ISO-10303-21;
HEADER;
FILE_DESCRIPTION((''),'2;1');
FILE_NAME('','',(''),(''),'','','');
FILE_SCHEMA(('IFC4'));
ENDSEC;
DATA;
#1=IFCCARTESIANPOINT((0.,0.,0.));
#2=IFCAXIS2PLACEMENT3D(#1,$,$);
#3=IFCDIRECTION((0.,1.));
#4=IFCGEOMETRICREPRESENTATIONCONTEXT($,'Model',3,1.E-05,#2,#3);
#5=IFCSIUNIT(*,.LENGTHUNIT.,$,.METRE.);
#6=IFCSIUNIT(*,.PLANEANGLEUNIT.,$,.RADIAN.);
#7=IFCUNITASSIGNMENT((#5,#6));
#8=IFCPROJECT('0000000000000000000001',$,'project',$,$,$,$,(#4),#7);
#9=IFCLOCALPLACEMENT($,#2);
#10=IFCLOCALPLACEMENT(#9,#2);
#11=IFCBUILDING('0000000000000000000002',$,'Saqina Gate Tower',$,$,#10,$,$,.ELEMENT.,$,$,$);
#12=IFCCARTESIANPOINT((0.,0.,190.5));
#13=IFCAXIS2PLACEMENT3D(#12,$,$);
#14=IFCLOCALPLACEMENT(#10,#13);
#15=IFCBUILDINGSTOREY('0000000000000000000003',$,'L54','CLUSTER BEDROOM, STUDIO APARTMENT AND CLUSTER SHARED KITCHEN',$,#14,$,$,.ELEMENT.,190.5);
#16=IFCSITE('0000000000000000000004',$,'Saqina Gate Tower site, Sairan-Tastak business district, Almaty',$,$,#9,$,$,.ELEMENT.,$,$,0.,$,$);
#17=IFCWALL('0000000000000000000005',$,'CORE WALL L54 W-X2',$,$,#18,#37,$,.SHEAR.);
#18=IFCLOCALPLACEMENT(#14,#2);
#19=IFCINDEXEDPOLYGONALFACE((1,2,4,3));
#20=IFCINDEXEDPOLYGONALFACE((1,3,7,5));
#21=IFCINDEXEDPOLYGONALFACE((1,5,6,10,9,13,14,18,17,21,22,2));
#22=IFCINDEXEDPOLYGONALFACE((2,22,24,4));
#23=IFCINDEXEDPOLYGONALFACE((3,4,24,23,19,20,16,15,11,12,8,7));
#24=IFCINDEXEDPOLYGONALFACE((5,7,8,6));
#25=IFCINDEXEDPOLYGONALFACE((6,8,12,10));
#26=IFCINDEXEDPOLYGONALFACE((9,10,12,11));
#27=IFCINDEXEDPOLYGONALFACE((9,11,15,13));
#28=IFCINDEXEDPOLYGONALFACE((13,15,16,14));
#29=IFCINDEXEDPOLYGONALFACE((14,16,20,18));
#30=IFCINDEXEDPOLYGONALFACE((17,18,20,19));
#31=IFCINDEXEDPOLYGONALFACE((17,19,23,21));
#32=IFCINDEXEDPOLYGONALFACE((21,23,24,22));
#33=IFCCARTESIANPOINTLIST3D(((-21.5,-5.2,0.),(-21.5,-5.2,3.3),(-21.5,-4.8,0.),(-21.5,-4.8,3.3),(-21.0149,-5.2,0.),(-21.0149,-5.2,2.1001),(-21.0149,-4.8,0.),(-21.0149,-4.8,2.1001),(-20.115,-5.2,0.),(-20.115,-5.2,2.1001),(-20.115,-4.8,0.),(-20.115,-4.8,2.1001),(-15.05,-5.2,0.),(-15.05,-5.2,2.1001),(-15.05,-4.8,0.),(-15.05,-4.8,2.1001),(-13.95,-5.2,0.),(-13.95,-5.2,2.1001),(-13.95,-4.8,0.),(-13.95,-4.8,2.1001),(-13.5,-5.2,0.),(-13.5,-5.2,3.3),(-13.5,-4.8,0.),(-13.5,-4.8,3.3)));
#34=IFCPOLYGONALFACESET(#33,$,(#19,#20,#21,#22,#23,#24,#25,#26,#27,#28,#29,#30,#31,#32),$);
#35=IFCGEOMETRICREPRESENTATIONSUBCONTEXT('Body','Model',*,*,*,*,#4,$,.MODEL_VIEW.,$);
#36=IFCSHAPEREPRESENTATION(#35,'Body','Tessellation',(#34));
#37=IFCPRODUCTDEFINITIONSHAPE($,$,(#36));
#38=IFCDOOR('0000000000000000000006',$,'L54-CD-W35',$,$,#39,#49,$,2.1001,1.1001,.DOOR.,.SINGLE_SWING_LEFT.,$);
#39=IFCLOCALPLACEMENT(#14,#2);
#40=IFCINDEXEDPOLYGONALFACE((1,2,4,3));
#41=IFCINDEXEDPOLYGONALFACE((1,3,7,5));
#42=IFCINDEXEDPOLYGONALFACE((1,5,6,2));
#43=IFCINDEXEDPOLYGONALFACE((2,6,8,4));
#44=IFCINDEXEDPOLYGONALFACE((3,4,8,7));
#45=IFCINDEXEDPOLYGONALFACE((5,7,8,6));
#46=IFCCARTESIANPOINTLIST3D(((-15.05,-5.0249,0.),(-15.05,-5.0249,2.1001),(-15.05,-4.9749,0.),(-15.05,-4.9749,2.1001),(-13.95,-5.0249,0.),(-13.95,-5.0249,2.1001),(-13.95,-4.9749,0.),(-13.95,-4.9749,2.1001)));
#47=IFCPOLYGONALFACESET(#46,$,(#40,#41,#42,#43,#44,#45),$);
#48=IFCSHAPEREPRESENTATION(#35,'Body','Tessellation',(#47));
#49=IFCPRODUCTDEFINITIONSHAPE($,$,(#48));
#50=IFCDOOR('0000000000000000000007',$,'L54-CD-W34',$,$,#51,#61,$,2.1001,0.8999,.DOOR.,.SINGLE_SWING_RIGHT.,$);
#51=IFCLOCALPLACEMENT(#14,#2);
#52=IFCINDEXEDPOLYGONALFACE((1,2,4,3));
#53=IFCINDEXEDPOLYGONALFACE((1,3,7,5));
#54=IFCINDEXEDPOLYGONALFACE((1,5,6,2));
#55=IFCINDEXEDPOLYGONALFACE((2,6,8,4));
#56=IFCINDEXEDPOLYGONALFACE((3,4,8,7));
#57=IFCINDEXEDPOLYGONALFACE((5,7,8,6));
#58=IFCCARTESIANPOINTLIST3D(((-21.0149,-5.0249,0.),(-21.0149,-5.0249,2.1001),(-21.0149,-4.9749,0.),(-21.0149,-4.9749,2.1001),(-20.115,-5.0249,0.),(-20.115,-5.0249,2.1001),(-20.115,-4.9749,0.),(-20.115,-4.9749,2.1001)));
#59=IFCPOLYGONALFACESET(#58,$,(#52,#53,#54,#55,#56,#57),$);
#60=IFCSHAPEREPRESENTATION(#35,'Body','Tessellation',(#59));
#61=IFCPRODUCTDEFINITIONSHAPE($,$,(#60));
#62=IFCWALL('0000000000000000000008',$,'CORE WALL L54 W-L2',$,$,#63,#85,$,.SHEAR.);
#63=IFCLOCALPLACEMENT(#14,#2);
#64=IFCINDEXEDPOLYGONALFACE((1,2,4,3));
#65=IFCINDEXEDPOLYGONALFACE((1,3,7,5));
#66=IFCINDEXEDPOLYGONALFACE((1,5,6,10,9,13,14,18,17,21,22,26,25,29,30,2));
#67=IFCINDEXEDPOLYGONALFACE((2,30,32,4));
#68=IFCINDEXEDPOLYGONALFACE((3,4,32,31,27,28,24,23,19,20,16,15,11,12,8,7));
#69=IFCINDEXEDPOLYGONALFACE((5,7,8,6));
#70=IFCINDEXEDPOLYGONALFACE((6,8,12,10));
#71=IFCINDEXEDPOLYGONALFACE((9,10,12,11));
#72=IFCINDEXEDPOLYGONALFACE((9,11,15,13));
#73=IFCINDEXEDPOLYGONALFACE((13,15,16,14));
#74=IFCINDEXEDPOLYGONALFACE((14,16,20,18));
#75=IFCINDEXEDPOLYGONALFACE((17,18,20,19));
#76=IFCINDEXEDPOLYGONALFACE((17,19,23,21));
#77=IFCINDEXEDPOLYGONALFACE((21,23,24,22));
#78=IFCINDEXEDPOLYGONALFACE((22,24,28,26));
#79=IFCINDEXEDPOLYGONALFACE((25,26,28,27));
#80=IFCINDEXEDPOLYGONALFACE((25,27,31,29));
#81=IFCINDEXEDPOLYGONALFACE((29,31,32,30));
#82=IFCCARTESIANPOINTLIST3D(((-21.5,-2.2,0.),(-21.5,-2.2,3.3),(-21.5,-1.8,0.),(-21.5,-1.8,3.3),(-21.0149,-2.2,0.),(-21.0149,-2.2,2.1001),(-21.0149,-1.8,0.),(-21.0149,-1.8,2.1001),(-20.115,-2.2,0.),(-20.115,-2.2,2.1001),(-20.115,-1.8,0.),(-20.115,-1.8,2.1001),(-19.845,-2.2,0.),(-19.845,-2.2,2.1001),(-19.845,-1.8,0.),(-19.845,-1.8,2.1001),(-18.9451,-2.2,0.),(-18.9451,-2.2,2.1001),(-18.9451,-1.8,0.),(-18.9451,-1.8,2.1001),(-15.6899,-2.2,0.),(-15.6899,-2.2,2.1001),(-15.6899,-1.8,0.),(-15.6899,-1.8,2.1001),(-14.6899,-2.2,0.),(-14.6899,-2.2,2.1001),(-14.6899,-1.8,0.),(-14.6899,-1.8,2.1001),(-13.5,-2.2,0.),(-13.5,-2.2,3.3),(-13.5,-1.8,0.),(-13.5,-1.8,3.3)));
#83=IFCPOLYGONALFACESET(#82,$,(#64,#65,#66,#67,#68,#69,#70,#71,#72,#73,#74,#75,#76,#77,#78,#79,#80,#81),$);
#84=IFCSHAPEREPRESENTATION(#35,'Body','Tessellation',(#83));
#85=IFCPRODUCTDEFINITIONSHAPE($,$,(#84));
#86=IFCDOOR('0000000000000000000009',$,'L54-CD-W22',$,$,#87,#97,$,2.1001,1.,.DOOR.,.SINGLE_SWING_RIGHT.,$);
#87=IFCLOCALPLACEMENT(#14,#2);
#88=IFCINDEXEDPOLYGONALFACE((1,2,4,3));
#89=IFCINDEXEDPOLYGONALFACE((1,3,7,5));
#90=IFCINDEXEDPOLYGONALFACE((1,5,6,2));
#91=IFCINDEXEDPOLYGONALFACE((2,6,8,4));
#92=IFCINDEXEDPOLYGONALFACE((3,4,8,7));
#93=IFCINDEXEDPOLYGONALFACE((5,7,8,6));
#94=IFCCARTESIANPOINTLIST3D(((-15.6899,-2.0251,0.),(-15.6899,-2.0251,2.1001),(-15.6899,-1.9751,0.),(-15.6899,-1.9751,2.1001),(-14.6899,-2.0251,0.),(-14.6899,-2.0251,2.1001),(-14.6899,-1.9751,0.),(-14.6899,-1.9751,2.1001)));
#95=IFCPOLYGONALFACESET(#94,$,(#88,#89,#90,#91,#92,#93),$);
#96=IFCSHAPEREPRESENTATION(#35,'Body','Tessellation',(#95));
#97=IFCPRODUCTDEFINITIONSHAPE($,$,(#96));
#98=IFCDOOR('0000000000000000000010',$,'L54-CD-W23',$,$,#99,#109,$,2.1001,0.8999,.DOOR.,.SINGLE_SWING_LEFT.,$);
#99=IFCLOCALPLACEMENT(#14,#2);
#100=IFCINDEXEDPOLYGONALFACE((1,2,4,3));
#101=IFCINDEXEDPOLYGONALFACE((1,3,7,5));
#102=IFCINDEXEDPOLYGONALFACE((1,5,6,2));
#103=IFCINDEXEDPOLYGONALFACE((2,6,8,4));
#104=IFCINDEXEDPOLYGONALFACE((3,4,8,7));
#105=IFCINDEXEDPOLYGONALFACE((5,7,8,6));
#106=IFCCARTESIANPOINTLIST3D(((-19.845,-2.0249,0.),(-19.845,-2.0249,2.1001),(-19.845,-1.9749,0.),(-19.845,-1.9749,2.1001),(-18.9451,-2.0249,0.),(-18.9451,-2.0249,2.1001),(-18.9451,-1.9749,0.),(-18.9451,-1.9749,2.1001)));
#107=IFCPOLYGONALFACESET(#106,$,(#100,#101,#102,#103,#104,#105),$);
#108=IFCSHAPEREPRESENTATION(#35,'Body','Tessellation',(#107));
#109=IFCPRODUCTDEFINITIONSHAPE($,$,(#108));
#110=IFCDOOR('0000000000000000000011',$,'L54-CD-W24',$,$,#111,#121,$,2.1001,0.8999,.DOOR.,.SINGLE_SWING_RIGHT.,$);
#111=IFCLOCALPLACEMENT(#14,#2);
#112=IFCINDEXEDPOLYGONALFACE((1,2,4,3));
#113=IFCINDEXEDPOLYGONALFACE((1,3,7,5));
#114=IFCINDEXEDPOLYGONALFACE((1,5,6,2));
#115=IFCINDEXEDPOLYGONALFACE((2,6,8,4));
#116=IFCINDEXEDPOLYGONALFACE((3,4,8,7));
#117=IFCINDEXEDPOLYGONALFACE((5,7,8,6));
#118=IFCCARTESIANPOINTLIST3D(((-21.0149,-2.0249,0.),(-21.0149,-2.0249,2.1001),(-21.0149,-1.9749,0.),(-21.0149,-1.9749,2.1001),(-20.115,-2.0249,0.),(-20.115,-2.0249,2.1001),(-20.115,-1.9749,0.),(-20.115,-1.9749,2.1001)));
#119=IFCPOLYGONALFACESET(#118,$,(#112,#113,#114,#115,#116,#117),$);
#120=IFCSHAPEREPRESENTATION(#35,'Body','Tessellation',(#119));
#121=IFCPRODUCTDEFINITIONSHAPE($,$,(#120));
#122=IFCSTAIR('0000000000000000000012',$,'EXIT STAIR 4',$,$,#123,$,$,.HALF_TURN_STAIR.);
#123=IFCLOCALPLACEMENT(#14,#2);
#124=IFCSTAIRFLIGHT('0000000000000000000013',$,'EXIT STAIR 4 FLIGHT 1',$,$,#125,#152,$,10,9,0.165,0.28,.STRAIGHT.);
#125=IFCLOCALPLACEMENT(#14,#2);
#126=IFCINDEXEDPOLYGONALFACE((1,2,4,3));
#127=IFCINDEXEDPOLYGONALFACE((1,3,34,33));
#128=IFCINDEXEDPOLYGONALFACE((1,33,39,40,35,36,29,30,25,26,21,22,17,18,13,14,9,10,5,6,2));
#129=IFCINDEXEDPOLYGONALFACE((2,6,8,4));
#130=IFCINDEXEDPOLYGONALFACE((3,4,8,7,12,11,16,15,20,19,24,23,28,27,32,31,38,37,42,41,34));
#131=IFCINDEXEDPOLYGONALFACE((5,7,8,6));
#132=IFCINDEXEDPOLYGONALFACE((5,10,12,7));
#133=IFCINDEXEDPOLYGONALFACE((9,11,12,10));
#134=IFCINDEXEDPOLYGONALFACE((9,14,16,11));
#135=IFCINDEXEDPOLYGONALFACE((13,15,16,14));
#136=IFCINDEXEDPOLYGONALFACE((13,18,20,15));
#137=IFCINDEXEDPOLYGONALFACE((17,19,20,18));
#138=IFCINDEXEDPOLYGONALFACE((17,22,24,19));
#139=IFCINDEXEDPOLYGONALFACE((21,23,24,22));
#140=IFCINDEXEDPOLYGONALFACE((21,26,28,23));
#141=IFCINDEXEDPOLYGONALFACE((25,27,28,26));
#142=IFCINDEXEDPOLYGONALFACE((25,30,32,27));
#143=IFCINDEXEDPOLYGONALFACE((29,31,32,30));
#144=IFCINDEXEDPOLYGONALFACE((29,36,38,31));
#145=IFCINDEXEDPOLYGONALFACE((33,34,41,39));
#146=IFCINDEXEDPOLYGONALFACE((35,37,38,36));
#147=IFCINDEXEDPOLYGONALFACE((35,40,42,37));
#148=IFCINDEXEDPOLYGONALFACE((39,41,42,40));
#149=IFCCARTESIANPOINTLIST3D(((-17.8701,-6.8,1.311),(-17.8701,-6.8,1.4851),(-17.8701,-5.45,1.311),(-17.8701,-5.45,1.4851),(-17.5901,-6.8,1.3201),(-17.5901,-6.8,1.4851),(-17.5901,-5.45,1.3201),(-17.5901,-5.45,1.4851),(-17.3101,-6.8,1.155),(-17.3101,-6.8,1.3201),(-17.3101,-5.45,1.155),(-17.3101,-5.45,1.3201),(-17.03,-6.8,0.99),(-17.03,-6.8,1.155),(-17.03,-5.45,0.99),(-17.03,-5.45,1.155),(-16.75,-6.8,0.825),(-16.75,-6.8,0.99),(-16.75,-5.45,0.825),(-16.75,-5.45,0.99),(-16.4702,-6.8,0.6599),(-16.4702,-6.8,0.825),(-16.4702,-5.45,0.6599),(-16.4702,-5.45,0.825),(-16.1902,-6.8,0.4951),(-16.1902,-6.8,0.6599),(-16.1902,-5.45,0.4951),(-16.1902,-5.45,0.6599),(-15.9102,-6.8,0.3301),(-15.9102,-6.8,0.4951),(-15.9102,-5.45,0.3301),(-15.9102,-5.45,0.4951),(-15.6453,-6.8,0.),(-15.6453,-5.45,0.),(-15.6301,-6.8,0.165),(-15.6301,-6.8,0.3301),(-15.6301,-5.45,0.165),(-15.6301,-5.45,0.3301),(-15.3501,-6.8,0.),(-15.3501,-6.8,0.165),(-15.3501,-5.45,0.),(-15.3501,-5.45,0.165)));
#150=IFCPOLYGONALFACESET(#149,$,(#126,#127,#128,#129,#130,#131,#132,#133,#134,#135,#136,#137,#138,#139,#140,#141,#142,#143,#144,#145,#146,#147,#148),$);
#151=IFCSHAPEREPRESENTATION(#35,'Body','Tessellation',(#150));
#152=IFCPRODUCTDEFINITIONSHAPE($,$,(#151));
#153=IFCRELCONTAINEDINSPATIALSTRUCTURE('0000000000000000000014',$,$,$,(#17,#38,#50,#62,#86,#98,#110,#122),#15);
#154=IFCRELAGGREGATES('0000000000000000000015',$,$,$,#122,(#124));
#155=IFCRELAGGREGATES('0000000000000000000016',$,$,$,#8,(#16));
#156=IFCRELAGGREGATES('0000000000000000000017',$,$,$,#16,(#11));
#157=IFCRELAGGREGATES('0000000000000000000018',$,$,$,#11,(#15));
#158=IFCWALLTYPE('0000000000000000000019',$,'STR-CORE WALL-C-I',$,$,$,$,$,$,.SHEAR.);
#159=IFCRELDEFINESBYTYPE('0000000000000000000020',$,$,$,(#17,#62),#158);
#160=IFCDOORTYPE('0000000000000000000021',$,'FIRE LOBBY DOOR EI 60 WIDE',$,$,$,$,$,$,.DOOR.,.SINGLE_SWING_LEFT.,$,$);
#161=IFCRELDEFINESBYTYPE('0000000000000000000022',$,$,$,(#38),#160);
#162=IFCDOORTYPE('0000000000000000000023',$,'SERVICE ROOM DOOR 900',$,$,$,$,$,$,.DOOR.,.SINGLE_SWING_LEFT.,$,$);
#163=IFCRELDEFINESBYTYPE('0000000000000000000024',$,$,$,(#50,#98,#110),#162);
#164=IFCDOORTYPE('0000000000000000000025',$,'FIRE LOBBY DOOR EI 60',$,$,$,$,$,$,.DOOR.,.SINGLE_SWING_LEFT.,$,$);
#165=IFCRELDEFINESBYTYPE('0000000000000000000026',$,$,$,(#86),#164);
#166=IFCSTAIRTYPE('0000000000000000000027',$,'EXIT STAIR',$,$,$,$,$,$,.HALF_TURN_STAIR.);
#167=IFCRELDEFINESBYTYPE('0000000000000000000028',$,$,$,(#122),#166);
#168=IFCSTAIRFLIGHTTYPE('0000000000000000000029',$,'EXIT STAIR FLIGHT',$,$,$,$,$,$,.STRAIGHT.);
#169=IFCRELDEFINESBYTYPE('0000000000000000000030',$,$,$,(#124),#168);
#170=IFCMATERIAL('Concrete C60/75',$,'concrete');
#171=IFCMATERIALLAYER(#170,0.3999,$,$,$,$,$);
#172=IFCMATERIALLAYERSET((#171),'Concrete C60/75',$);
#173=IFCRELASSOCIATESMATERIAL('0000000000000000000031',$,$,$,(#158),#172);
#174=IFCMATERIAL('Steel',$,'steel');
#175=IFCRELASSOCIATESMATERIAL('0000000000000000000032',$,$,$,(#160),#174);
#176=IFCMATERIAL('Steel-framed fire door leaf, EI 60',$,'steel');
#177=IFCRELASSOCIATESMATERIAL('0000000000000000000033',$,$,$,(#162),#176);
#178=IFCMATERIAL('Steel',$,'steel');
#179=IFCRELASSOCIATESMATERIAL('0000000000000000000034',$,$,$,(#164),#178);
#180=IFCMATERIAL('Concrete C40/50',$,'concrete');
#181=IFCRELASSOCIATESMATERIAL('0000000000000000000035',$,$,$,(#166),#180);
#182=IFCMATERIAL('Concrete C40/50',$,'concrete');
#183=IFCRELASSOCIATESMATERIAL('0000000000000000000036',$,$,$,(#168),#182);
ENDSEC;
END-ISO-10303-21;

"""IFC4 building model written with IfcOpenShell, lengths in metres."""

from ifc_helpers import new_model, si_unit, direction, frame, frame_2d, origin, place, context, subcontext, project, spatial, polyline, rectangle, outline, extrude, material, layer, layer_set, type_object, element, fill, aggregate, save


model = new_model("IFC4")

# Units and contexts
model_context = context("Model", 3, precision=1e-05, world=origin(), true_north=direction((0.0, 1.0)))
body_context = subcontext(model_context, "Body", "Model", "MODEL_VIEW")
ifc_project = project(units=[si_unit("LENGTHUNIT", "METRE"), si_unit("PLANEANGLEUNIT", "RADIAN")], contexts=[model_context])

# Site, building, storey
site_placement = place(None, origin())
site = spatial("IfcSite", under=ifc_project, at=site_placement, Name="Saqina Gate Tower site, Sairan-Tastak business district, Almaty", CompositionType="ELEMENT", RefElevation=0.0)
building_placement = place(site_placement, origin())
building = spatial("IfcBuilding", under=site, at=building_placement, Name="Saqina Gate Tower", CompositionType="ELEMENT")
storey_placement = place(building_placement, frame((0.0, 0.0, 190.5)))
storey = spatial("IfcBuildingStorey", under=building, at=storey_placement, Name="L54", Description="CLUSTER BEDROOM, STUDIO APARTMENT AND CLUSTER SHARED KITCHEN", CompositionType="ELEMENT", Elevation=190.5)

# Walls, openings, doors
ifc_material_1 = material(Name="Concrete C60/75", Category="concrete")
ifc_layer_1 = layer(ifc_material_1, 0.3999)
ifc_layer_set_1 = layer_set([ifc_layer_1], Name="Concrete C60/75")
wall_type_1 = type_object("IfcWallType", Name="STR-CORE WALL-C-I", PredefinedType="SHEAR", material=ifc_layer_set_1)
wall_1_placement = place(storey_placement, frame((-13.5, -5.0, 0.0), z_axis=(0.0, 0.0, 1.0), x_axis=(-1.0, 0.0, 0.0)))
wall_1 = element("IfcWall", 1, at=wall_1_placement, inside=storey, type_object=wall_type_1, Name="CORE WALL L54 W-X2", PredefinedType="SHEAR", context=body_context, shape_type="SweptSolid", body=[
    extrude(rectangle(XDim=8.0, YDim=0.3999, at=frame_2d((4.0, 0.0))), origin(), (0.0, 0.0, 1.0), 3.3),
])
opening_1_placement = place(wall_1_placement, frame((6.615, 0.0, 0.0)))
opening_1 = element("IfcOpeningElement", 2, at=opening_1_placement, cuts=wall_1, PredefinedType="OPENING", context=body_context, shape_type="SweptSolid", body=[
    extrude(rectangle(XDim=0.8999, YDim=2.1001, at=frame_2d((0.45, 1.05))), frame((0.0, 0.2119, 0.0), z_axis=(0.0, -1.0, 0.0), x_axis=(1.0, 0.0, 0.0)), (0.0, 0.0, 1.0), 0.4238),
])
opening_2_placement = place(wall_1_placement, frame((0.45, 0.0, 0.0)))
opening_2 = element("IfcOpeningElement", 3, at=opening_2_placement, cuts=wall_1, PredefinedType="OPENING", context=body_context, shape_type="SweptSolid", body=[
    extrude(rectangle(XDim=1.1001, YDim=2.1001, at=frame_2d((0.55, 1.05))), frame((0.0, 0.2119, 0.0), z_axis=(0.0, -1.0, 0.0), x_axis=(1.0, 0.0, 0.0)), (0.0, 0.0, 1.0), 0.4238),
])
ifc_material_2 = material(Name="Steel", Category="steel")
door_type_1 = type_object("IfcDoorType", Name="FIRE LOBBY DOOR EI 60 WIDE", OperationType="SINGLE_SWING_LEFT", PredefinedType="DOOR", material=ifc_material_2)
door_1_placement = place(opening_2_placement, origin())
door_1 = element("IfcDoor", 4, at=door_1_placement, inside=storey, type_object=door_type_1, Name="L54-CD-W35", OperationType="SINGLE_SWING_LEFT", OverallHeight=2.1001, OverallWidth=1.1001, PredefinedType="DOOR", context=body_context, shape_type="SweptSolid", body=[
    extrude(rectangle(XDim=1.1001, YDim=2.1001, at=frame_2d((0.55, 1.05))), frame((0.0, 0.0249, 0.0), z_axis=(0.0, -1.0, 0.0), x_axis=(1.0, 0.0, 0.0)), (0.0, 0.0, 1.0), 0.05),
])
fill(opening_2, door_1)
ifc_material_3 = material(Name="Steel-framed fire door leaf, EI 60", Category="steel")
door_type_2 = type_object("IfcDoorType", Name="SERVICE ROOM DOOR 900", OperationType="SINGLE_SWING_LEFT", PredefinedType="DOOR", material=ifc_material_3)
door_2_placement = place(opening_1_placement, origin())
door_2 = element("IfcDoor", 5, at=door_2_placement, inside=storey, type_object=door_type_2, Name="L54-CD-W34", OperationType="SINGLE_SWING_RIGHT", OverallHeight=2.1001, OverallWidth=0.8999, PredefinedType="DOOR", context=body_context, shape_type="SweptSolid", body=[
    extrude(rectangle(XDim=0.8999, YDim=2.1001, at=frame_2d((0.45, 1.05))), frame((0.0, 0.0249, 0.0), z_axis=(0.0, -1.0, 0.0), x_axis=(1.0, 0.0, 0.0)), (0.0, 0.0, 1.0), 0.05),
])
fill(opening_1, door_2)
wall_2_placement = place(storey_placement, frame((-13.5, -2.0, 0.0), z_axis=(0.0, 0.0, 1.0), x_axis=(-1.0, 0.0, 0.0)))
wall_2 = element("IfcWall", 6, at=wall_2_placement, inside=storey, type_object=wall_type_1, Name="CORE WALL L54 W-L2", PredefinedType="SHEAR", context=body_context, shape_type="SweptSolid", body=[
    extrude(rectangle(XDim=8.0, YDim=0.3999, at=frame_2d((4.0, 0.0))), origin(), (0.0, 0.0, 1.0), 3.3),
])
opening_3_placement = place(wall_2_placement, frame((1.1899, 0.0, 0.0)))
opening_3 = element("IfcOpeningElement", 7, at=opening_3_placement, cuts=wall_2, PredefinedType="OPENING", context=body_context, shape_type="SweptSolid", body=[
    extrude(rectangle(XDim=1.0, YDim=2.1001, at=frame_2d((0.5, 1.05))), frame((0.0, 0.2119, 0.0), z_axis=(0.0, -1.0, 0.0), x_axis=(1.0, 0.0, 0.0)), (0.0, 0.0, 1.0), 0.4238),
])
opening_4_placement = place(wall_2_placement, frame((5.4451, 0.0, 0.0)))
opening_4 = element("IfcOpeningElement", 8, at=opening_4_placement, cuts=wall_2, PredefinedType="OPENING", context=body_context, shape_type="SweptSolid", body=[
    extrude(rectangle(XDim=0.8999, YDim=2.1001, at=frame_2d((0.45, 1.05))), frame((0.0, 0.2119, 0.0), z_axis=(0.0, -1.0, 0.0), x_axis=(1.0, 0.0, 0.0)), (0.0, 0.0, 1.0), 0.4238),
])
opening_5_placement = place(wall_2_placement, frame((6.615, 0.0, 0.0)))
opening_5 = element("IfcOpeningElement", 9, at=opening_5_placement, cuts=wall_2, PredefinedType="OPENING", context=body_context, shape_type="SweptSolid", body=[
    extrude(rectangle(XDim=0.8999, YDim=2.1001, at=frame_2d((0.45, 1.05))), frame((0.0, 0.2119, 0.0), z_axis=(0.0, -1.0, 0.0), x_axis=(1.0, 0.0, 0.0)), (0.0, 0.0, 1.0), 0.4238),
])
ifc_material_4 = material(Name="Steel", Category="steel")
door_type_3 = type_object("IfcDoorType", Name="FIRE LOBBY DOOR EI 60", OperationType="SINGLE_SWING_LEFT", PredefinedType="DOOR", material=ifc_material_4)
door_3_placement = place(opening_3_placement, frame((1.0, 0.0, 0.0), z_axis=(0.0, 0.0, 1.0), x_axis=(-1.0, 0.0, 0.0)))
door_3 = element("IfcDoor", 10, at=door_3_placement, inside=storey, type_object=door_type_3, Name="L54-CD-W22", OperationType="SINGLE_SWING_RIGHT", OverallHeight=2.1001, OverallWidth=1.0, PredefinedType="DOOR", context=body_context, shape_type="SweptSolid", body=[
    extrude(rectangle(XDim=1.0, YDim=2.1001, at=frame_2d((0.5, 1.05))), frame((0.0, 0.0249, 0.0), z_axis=(0.0, -1.0, 0.0), x_axis=(1.0, 0.0, 0.0)), (0.0, 0.0, 1.0), 0.05),
])
fill(opening_3, door_3)
door_4_placement = place(opening_4_placement, origin())
door_4 = element("IfcDoor", 11, at=door_4_placement, inside=storey, type_object=door_type_2, Name="L54-CD-W23", OperationType="SINGLE_SWING_LEFT", OverallHeight=2.1001, OverallWidth=0.8999, PredefinedType="DOOR", context=body_context, shape_type="SweptSolid", body=[
    extrude(rectangle(XDim=0.8999, YDim=2.1001, at=frame_2d((0.45, 1.05))), frame((0.0, 0.0249, 0.0), z_axis=(0.0, -1.0, 0.0), x_axis=(1.0, 0.0, 0.0)), (0.0, 0.0, 1.0), 0.05),
])
fill(opening_4, door_4)
door_5_placement = place(opening_5_placement, origin())
door_5 = element("IfcDoor", 12, at=door_5_placement, inside=storey, type_object=door_type_2, Name="L54-CD-W24", OperationType="SINGLE_SWING_RIGHT", OverallHeight=2.1001, OverallWidth=0.8999, PredefinedType="DOOR", context=body_context, shape_type="SweptSolid", body=[
    extrude(rectangle(XDim=0.8999, YDim=2.1001, at=frame_2d((0.45, 1.05))), frame((0.0, 0.0249, 0.0), z_axis=(0.0, -1.0, 0.0), x_axis=(1.0, 0.0, 0.0)), (0.0, 0.0, 1.0), 0.05),
])
fill(opening_5, door_5)

# Stair, stair flight
ifc_material_5 = material(Name="Concrete C40/50", Category="concrete")
stair_type = type_object("IfcStairType", Name="EXIT STAIR", PredefinedType="HALF_TURN_STAIR", material=ifc_material_5)
stair_placement = place(storey_placement, origin())
stair = element("IfcStair", 13, at=stair_placement, inside=storey, type_object=stair_type, Name="EXIT STAIR 4", PredefinedType="HALF_TURN_STAIR")
ifc_material_6 = material(Name="Concrete C40/50", Category="concrete")
stair_flight_type = type_object("IfcStairFlightType", Name="EXIT STAIR FLIGHT", PredefinedType="STRAIGHT", material=ifc_material_6)
stair_flight_placement = place(storey_placement, frame((-15.3501, -6.125, 0.0), z_axis=(0.0, 0.0, 1.0), x_axis=(-1.0, 0.0, 0.0)))
stair_flight = element("IfcStairFlight", 14, at=stair_flight_placement, type_object=stair_flight_type, Name="EXIT STAIR 4 FLIGHT 1", NumberOfRisers=10, NumberOfTreads=9, PredefinedType="STRAIGHT", RiserHeight=0.165, TreadLength=0.28, context=body_context, shape_type="SweptSolid", body=[
    extrude(outline(polyline([(0.0, 0.0), (0.0, 0.165), (0.28, 0.165), (0.28, 0.3301), (0.5601, 0.3301), (0.5601, 0.4951), (0.8401, 0.4951), (0.8401, 0.6599), (1.1201, 0.6599), (1.1201, 0.825), (1.3999, 0.825), (1.3999, 0.99), (1.6799, 0.99), (1.6799, 1.155), (1.96, 1.155), (1.96, 1.3201), (2.24, 1.3201), (2.24, 1.4851), (2.52, 1.4851), (2.52, 1.6499), (2.52, 1.311), (0.2952, 0.0), (0.0, 0.0)])), frame((0.0, 0.675, 0.0), z_axis=(0.0, -1.0, 0.0), x_axis=(1.0, 0.0, 0.0)), (0.0, 0.0, 1.0), 1.3501),
])
aggregate(stair, [stair_flight])

save(model, "model.ifc")
